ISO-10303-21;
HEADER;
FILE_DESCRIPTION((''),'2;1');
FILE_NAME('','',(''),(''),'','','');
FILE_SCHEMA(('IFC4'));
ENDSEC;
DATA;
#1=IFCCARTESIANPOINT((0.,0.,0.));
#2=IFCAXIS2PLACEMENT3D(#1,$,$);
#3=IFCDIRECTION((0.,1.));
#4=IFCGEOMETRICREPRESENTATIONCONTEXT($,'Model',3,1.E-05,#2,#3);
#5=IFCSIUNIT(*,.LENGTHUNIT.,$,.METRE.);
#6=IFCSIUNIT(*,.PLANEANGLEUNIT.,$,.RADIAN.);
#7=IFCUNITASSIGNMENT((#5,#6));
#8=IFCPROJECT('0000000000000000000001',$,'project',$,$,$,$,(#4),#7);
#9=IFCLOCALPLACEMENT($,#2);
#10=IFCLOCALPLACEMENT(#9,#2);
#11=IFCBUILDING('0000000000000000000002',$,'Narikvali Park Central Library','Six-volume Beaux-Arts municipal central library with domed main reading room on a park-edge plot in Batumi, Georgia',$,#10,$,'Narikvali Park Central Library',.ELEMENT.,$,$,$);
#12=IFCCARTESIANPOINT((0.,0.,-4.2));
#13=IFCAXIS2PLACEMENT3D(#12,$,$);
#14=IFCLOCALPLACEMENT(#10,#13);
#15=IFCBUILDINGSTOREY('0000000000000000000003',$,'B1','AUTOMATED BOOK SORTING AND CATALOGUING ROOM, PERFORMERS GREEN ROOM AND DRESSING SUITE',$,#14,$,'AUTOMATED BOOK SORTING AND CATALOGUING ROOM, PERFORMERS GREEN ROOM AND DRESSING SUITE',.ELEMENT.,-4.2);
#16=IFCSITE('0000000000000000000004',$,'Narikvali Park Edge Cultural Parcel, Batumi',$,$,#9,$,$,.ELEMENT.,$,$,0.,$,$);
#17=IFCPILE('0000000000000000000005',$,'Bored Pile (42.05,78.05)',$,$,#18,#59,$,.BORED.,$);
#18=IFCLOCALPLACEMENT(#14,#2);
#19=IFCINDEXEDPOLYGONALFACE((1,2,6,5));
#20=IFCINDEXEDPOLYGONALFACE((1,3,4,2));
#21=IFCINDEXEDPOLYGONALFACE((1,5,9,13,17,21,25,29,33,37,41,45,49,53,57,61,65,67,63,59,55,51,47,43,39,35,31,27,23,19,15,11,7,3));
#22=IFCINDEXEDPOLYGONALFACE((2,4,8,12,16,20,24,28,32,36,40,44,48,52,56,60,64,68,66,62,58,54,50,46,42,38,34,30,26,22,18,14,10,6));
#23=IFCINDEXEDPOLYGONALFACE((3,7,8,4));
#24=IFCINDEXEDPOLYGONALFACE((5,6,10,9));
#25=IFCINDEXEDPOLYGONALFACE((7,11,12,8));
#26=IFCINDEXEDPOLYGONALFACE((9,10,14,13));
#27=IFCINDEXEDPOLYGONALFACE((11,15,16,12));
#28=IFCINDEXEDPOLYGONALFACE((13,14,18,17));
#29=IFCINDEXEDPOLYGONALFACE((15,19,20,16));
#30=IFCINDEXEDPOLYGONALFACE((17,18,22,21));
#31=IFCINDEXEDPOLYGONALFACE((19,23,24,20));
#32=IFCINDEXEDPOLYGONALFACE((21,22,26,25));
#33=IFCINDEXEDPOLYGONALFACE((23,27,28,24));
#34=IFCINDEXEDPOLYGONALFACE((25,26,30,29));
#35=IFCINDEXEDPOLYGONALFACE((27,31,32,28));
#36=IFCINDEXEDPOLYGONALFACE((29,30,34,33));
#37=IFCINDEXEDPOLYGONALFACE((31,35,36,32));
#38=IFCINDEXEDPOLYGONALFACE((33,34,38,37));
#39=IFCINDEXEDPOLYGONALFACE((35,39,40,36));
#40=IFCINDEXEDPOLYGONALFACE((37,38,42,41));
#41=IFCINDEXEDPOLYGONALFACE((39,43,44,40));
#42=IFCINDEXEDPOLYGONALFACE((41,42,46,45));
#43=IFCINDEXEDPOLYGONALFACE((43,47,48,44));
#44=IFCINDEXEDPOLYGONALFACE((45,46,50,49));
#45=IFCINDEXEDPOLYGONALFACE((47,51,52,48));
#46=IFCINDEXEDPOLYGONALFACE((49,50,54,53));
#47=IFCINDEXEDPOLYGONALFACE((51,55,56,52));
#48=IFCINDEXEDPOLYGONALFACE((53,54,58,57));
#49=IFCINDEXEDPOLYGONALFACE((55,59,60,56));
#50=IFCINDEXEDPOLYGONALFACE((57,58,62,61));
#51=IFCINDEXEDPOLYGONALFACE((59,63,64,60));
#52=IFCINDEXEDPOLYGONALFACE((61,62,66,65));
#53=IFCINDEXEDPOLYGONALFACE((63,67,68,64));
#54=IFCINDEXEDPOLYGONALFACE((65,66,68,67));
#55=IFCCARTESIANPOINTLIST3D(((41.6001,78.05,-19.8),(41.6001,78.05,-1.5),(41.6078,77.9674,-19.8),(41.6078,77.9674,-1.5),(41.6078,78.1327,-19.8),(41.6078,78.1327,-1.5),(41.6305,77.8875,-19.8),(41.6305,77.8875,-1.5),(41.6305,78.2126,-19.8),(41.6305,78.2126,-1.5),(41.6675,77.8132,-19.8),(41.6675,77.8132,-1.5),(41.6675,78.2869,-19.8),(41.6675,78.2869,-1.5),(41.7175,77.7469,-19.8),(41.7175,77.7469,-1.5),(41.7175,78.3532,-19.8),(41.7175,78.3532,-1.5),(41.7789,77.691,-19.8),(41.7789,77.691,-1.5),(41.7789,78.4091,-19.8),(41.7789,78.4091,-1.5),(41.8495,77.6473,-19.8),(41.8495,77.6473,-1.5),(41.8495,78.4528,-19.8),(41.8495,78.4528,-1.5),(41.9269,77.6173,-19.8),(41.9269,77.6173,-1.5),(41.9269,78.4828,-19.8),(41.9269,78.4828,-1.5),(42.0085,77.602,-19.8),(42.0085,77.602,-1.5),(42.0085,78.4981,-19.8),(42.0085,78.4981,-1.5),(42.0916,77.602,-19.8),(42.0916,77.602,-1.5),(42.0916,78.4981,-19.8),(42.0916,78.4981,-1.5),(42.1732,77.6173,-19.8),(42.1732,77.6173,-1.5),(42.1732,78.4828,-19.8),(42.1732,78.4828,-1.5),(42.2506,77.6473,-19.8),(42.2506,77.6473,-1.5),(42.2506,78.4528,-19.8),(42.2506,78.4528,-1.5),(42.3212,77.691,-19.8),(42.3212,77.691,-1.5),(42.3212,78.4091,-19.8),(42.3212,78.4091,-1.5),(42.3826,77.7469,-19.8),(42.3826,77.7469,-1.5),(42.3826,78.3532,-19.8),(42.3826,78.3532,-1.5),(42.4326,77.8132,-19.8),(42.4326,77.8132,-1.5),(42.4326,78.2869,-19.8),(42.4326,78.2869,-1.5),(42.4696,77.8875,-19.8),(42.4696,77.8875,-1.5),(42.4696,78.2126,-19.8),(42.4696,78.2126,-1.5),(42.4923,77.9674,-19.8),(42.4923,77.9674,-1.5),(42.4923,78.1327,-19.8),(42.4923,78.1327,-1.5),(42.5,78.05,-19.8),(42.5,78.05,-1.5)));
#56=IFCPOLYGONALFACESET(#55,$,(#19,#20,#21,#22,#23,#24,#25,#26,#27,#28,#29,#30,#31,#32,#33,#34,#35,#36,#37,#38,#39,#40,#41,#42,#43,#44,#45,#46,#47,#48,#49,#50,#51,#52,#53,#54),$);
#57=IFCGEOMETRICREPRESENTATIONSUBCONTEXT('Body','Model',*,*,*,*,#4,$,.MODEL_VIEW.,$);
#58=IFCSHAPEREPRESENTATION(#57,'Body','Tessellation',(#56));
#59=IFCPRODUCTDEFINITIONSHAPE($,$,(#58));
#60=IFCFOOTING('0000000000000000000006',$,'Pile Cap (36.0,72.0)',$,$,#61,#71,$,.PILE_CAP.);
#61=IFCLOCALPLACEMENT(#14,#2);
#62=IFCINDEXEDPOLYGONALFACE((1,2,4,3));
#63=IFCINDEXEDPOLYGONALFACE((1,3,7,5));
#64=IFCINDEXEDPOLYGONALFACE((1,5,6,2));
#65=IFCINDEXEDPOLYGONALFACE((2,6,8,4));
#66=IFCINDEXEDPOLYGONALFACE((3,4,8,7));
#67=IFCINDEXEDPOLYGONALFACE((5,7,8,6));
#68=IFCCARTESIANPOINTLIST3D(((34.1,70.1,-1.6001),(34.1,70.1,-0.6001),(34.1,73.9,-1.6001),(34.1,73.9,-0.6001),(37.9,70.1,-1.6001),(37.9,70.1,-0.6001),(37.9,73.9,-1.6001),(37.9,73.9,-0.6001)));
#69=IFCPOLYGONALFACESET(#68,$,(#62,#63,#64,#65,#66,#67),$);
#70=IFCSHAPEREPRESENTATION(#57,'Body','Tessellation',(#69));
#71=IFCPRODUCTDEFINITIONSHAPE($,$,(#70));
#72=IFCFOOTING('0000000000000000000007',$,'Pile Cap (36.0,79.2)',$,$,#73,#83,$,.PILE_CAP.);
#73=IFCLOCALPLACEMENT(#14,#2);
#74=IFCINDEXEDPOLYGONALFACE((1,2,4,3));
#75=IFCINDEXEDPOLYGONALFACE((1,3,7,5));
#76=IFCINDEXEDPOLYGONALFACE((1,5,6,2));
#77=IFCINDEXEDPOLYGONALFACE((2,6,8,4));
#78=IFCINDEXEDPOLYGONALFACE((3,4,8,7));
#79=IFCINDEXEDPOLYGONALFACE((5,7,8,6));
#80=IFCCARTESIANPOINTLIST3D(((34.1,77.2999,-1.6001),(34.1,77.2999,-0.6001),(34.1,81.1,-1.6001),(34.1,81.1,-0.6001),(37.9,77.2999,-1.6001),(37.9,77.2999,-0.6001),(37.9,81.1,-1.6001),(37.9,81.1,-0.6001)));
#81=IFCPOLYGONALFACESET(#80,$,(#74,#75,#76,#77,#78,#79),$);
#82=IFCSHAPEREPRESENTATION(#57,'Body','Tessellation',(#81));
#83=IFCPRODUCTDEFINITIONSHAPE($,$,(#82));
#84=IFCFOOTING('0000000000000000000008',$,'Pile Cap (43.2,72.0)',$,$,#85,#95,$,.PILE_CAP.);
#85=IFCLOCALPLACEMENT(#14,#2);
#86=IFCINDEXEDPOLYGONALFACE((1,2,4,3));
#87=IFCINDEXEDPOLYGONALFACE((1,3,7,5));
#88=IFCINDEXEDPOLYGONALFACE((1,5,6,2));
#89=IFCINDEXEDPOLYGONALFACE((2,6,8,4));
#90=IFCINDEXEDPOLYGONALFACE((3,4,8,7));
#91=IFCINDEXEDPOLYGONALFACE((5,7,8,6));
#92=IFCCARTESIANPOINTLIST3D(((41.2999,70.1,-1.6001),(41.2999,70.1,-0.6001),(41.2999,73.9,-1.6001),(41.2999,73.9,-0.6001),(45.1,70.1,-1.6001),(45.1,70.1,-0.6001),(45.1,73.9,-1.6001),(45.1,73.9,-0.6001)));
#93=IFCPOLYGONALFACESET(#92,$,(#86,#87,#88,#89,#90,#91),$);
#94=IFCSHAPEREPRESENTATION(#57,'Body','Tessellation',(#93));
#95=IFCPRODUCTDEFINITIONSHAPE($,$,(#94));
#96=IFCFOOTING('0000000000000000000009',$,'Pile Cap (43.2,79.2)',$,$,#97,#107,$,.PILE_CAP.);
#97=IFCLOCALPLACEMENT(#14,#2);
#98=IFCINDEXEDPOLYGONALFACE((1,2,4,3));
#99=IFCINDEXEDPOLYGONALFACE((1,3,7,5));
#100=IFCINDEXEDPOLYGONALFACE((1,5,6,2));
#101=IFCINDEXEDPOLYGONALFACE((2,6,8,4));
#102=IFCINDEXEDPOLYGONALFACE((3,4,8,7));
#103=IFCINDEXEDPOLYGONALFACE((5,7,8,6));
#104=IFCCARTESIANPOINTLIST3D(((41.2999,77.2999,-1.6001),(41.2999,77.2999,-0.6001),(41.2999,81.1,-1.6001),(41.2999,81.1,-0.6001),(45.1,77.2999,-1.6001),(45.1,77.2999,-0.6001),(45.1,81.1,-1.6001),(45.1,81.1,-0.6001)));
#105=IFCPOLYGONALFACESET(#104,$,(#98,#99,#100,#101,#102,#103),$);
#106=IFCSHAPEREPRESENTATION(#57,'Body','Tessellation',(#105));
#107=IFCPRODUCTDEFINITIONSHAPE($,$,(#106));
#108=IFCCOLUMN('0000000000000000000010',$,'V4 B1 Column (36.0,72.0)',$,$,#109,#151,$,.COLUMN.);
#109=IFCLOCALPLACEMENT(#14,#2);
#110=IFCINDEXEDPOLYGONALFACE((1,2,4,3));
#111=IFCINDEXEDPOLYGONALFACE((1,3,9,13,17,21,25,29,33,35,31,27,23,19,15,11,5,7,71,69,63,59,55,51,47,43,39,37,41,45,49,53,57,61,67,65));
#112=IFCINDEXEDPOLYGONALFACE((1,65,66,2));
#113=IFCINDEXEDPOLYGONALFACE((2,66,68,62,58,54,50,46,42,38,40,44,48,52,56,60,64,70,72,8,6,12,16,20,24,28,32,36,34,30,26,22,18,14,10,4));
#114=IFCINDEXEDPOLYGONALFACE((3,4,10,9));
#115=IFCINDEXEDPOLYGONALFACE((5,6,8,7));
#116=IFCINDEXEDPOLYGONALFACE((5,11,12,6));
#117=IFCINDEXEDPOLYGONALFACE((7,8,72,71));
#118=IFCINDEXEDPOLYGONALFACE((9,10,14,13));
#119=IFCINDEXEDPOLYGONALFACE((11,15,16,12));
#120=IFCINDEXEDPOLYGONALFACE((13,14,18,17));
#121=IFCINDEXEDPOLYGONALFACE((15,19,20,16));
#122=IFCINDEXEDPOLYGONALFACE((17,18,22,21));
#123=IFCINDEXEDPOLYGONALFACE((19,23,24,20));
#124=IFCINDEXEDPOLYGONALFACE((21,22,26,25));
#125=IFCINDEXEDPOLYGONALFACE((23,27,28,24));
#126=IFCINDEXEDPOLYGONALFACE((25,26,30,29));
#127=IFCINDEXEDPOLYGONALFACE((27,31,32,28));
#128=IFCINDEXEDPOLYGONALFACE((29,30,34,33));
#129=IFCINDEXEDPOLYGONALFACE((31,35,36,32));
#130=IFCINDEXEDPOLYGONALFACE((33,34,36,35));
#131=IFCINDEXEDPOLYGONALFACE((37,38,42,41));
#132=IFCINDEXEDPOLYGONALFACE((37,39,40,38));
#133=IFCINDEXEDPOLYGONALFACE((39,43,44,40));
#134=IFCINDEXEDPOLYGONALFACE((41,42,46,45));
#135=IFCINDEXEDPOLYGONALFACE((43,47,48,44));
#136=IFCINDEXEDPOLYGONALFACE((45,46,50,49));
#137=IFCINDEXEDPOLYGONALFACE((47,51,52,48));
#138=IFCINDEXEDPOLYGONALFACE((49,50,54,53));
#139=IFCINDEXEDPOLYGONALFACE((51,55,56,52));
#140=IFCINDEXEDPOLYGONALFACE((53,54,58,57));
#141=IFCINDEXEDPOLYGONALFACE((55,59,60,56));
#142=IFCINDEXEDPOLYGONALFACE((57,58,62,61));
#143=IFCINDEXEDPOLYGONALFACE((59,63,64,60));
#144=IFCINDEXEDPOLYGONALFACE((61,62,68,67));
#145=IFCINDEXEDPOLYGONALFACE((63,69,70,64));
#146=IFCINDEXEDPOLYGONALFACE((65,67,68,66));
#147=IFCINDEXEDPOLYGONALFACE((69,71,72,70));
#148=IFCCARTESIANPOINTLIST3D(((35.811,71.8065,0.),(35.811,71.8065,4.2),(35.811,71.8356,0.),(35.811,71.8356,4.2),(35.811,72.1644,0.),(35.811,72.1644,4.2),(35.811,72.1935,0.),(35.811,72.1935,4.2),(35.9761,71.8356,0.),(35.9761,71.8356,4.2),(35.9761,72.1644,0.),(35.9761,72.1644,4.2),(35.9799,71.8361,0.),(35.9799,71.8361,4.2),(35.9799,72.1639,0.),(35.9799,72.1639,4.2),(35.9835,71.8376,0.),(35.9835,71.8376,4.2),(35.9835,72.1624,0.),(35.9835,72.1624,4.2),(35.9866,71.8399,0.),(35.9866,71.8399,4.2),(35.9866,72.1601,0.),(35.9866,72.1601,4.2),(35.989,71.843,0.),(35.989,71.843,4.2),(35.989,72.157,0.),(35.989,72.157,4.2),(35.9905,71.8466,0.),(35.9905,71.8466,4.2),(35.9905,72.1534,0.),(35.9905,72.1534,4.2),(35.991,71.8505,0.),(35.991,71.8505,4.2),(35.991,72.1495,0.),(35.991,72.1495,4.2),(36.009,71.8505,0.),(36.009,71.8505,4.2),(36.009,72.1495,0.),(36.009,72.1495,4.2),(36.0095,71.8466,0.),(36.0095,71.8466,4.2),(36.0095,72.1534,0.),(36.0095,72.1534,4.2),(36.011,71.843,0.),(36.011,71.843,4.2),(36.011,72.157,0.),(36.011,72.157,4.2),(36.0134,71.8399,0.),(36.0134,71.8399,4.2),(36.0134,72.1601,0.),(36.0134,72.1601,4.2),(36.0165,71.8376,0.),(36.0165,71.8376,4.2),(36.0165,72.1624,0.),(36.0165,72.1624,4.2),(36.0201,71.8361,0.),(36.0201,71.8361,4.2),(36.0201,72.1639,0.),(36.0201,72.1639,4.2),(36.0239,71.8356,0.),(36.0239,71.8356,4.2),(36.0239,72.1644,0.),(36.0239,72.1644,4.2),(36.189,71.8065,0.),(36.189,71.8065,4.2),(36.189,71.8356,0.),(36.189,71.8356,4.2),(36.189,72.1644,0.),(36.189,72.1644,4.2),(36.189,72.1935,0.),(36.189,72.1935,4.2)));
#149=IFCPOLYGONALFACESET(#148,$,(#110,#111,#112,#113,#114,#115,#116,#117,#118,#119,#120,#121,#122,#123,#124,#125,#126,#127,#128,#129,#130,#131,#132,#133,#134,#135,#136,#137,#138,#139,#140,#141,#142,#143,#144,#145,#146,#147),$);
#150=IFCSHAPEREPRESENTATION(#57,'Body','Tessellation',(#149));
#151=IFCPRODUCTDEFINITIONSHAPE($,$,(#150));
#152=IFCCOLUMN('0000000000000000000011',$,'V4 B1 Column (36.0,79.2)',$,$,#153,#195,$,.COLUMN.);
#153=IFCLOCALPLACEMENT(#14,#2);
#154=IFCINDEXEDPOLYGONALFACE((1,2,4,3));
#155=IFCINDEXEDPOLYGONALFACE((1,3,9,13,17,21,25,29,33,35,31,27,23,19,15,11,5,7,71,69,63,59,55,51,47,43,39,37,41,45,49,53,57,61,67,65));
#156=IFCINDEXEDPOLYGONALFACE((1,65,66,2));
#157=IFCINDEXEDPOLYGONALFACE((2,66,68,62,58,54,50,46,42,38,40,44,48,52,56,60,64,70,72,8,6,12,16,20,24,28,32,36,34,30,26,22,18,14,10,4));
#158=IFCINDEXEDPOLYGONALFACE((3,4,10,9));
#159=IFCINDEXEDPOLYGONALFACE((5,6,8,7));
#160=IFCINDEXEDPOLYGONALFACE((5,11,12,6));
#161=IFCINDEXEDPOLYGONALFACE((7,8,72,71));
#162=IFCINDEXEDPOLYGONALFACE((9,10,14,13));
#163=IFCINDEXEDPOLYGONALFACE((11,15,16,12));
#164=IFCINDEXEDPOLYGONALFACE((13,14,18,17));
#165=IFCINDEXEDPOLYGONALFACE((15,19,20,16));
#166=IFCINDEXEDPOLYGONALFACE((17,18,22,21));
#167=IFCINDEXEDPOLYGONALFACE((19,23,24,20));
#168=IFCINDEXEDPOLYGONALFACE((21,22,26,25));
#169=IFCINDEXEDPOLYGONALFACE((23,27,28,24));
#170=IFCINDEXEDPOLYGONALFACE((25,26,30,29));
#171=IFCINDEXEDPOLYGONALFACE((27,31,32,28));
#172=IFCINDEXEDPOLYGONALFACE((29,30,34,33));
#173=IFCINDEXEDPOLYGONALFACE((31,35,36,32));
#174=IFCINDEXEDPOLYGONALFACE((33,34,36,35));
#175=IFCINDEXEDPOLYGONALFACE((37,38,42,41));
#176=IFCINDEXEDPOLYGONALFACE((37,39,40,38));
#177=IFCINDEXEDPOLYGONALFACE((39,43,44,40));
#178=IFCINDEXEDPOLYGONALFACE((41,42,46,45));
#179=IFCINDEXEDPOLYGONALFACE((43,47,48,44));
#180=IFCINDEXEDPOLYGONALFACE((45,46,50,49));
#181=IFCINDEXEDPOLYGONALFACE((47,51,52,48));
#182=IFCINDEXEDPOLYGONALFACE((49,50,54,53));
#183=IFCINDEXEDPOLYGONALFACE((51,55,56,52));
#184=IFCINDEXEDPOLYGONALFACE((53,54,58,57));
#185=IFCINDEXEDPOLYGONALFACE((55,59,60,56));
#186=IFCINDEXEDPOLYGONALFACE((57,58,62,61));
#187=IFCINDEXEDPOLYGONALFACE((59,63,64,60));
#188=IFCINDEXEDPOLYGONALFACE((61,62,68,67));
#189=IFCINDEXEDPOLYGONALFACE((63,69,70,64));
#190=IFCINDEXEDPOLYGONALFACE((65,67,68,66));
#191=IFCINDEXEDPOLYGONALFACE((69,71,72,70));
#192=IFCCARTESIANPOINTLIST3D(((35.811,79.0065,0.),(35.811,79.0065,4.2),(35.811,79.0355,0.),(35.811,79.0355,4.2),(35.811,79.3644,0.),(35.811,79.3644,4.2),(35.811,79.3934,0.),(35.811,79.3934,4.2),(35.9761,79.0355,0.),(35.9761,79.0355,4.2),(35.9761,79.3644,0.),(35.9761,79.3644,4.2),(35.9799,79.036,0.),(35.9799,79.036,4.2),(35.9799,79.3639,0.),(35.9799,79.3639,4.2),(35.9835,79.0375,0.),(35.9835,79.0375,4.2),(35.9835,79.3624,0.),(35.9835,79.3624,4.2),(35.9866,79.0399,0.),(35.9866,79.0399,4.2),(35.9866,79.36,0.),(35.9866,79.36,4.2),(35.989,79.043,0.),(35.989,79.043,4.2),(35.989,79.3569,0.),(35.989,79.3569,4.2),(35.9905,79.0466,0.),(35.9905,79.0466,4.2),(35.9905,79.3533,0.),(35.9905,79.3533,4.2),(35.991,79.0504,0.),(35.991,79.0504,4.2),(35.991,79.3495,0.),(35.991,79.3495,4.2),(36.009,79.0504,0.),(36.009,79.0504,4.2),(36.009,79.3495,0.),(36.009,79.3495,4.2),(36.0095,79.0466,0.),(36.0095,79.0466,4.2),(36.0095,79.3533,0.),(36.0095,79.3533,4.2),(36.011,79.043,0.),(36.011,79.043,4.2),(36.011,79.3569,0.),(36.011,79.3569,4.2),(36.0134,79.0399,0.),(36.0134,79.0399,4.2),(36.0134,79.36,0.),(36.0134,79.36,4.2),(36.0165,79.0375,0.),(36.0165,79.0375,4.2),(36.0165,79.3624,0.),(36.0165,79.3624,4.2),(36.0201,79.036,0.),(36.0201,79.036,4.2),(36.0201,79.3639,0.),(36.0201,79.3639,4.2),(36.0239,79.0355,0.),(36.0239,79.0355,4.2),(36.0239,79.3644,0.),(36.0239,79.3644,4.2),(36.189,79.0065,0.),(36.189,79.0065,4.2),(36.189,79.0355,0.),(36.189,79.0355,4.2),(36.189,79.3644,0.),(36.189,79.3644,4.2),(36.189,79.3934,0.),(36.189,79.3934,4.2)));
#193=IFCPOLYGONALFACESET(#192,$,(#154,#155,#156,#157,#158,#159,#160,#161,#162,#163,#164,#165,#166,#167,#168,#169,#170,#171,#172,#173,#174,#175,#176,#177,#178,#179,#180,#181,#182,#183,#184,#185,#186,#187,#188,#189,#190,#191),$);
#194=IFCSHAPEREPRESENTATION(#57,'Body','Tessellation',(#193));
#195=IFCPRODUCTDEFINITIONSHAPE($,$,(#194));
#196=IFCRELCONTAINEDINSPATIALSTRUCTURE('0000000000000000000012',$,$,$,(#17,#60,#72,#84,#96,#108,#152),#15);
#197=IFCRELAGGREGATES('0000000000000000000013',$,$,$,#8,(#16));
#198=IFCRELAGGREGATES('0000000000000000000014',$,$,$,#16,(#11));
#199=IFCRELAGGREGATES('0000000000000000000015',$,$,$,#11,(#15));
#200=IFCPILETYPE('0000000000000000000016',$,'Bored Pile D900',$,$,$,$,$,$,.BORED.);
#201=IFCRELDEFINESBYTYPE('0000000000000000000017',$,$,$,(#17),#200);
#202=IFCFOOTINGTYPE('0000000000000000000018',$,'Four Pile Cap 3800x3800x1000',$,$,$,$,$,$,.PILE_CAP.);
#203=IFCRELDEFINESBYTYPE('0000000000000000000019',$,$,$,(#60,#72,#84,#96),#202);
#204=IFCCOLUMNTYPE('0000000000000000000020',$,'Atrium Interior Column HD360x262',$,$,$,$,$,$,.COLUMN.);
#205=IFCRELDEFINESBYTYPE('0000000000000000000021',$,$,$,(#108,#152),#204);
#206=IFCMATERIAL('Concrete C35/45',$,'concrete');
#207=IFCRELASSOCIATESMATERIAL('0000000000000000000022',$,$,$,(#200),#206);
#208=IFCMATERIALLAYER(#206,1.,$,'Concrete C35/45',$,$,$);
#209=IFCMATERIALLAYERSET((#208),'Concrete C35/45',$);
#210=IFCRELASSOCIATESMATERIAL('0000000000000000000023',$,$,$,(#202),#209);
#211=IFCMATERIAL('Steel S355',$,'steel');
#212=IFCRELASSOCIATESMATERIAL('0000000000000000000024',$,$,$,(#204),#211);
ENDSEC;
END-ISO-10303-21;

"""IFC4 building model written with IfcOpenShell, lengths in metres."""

from ifc_helpers import new_model, si_unit, direction, frame, origin, origin_2d, place, context, subcontext, project, spatial, rectangle, circle, i_section, extrude, material, layer, layer_set, material_profile, profile_set, type_object, element, save


model = new_model("IFC4")

# Units and contexts
model_context = context("Model", 3, precision=1e-05, world=origin(), true_north=direction((0.0, 1.0)))
body_context = subcontext(model_context, "Body", "Model", "MODEL_VIEW")
ifc_project = project(units=[si_unit("LENGTHUNIT", "METRE"), si_unit("PLANEANGLEUNIT", "RADIAN")], contexts=[model_context])

# Site, building, storey
site_placement = place(None, origin())
site = spatial("IfcSite", under=ifc_project, at=site_placement, Name="Narikvali Park Edge Cultural Parcel, Batumi", CompositionType="ELEMENT", RefElevation=0.0)
building_placement = place(site_placement, origin())
building = spatial("IfcBuilding", under=site, at=building_placement, Name="Narikvali Park Central Library", Description="Six-volume Beaux-Arts municipal central library with domed main reading room on a park-edge plot in Batumi, Georgia", LongName="Narikvali Park Central Library", CompositionType="ELEMENT")
storey_placement = place(building_placement, frame((0.0, 0.0, -4.2)))
storey = spatial("IfcBuildingStorey", under=building, at=storey_placement, Name="B1", Description="AUTOMATED BOOK SORTING AND CATALOGUING ROOM, PERFORMERS GREEN ROOM AND DRESSING SUITE", LongName="AUTOMATED BOOK SORTING AND CATALOGUING ROOM, PERFORMERS GREEN ROOM AND DRESSING SUITE", CompositionType="ELEMENT", Elevation=-4.2)

# Pile
ifc_material_1 = material(Name="Concrete C35/45", Category="concrete")
ifc_material_profile_1 = material_profile(ifc_material_1, circle(Radius=0.45, at=origin_2d()), Name="PILE D900")
ifc_profile_set_1 = profile_set([ifc_material_profile_1], Name="Concrete C35/45")
pile_type = type_object("IfcPileType", Name="Bored Pile D900", PredefinedType="BORED", material=ifc_profile_set_1)
for number, where, z_axis, x_axis, name in (
    (1, (42.05, 78.05, -1.5), (0.0, 0.0, -1.0), (1.0, 0.0, 0.0), "Bored Pile (42.05,78.05)"),
):
    element("IfcPile", number, at=place(storey_placement, frame(where, z_axis=z_axis, x_axis=x_axis)), inside=storey, type_object=pile_type, Name=name, PredefinedType="BORED", context=body_context, shape_type="SweptSolid", body=[
        extrude(circle(Radius=0.45, at=origin_2d()), origin(), (0.0, 0.0, 1.0), 18.3),
    ])

# Footings
ifc_layer_1 = layer(ifc_material_1, 1.0, Name="Concrete C35/45")
ifc_layer_set_1 = layer_set([ifc_layer_1], Name="Concrete C35/45")
footing_type = type_object("IfcFootingType", Name="Four Pile Cap 3800x3800x1000", PredefinedType="PILE_CAP", material=ifc_layer_set_1)
for number, where, z_axis, x_axis, name in (
    (2, (36.0, 72.0, -1.6001), (0.0, 0.0, 1.0), (1.0, 0.0, 0.0), "Pile Cap (36.0,72.0)"),
    (3, (36.0, 79.2, -1.6001), (0.0, 0.0, 1.0), (1.0, 0.0, 0.0), "Pile Cap (36.0,79.2)"),
    (4, (43.2, 72.0, -1.6001), (0.0, 0.0, 1.0), (1.0, 0.0, 0.0), "Pile Cap (43.2,72.0)"),
    (5, (43.2, 79.2, -1.6001), (0.0, 0.0, 1.0), (1.0, 0.0, 0.0), "Pile Cap (43.2,79.2)"),
):
    element("IfcFooting", number, at=place(storey_placement, frame(where, z_axis=z_axis, x_axis=x_axis)), inside=storey, type_object=footing_type, Name=name, PredefinedType="PILE_CAP", context=body_context, shape_type="SweptSolid", body=[
        extrude(rectangle(XDim=3.8, YDim=3.8, at=origin_2d()), origin(), (0.0, 0.0, 1.0), 1.0),
    ])

# Columns
ifc_material_2 = material(Name="Steel S355", Category="steel")
ifc_material_profile_2 = material_profile(ifc_material_2, i_section(OverallWidth=0.3779, OverallDepth=0.387, WebThickness=0.0181, FlangeThickness=0.0291, FilletRadius=0.0149, at=origin_2d()), Name="HD 360x262")
ifc_profile_set_2 = profile_set([ifc_material_profile_2], Name="Steel S355")
column_type = type_object("IfcColumnType", Name="Atrium Interior Column HD360x262", PredefinedType="COLUMN", material=ifc_profile_set_2)
for number, where, z_axis, x_axis, name in (
    (6, (36.0, 72.0, 0.0), (0.0, 0.0, 1.0), (1.0, 0.0, 0.0), "V4 B1 Column (36.0,72.0)"),
    (7, (36.0, 79.2, 0.0), (0.0, 0.0, 1.0), (1.0, 0.0, 0.0), "V4 B1 Column (36.0,79.2)"),
):
    element("IfcColumn", number, at=place(storey_placement, frame(where, z_axis=z_axis, x_axis=x_axis)), inside=storey, type_object=column_type, Name=name, PredefinedType="COLUMN", context=body_context, shape_type="SweptSolid", body=[
        extrude(i_section(OverallWidth=0.3779, OverallDepth=0.387, WebThickness=0.0181, FlangeThickness=0.0291, FilletRadius=0.0149, at=origin_2d()), origin(), (0.0, 0.0, 1.0), 4.2),
    ])

save(model, "model.ifc")
